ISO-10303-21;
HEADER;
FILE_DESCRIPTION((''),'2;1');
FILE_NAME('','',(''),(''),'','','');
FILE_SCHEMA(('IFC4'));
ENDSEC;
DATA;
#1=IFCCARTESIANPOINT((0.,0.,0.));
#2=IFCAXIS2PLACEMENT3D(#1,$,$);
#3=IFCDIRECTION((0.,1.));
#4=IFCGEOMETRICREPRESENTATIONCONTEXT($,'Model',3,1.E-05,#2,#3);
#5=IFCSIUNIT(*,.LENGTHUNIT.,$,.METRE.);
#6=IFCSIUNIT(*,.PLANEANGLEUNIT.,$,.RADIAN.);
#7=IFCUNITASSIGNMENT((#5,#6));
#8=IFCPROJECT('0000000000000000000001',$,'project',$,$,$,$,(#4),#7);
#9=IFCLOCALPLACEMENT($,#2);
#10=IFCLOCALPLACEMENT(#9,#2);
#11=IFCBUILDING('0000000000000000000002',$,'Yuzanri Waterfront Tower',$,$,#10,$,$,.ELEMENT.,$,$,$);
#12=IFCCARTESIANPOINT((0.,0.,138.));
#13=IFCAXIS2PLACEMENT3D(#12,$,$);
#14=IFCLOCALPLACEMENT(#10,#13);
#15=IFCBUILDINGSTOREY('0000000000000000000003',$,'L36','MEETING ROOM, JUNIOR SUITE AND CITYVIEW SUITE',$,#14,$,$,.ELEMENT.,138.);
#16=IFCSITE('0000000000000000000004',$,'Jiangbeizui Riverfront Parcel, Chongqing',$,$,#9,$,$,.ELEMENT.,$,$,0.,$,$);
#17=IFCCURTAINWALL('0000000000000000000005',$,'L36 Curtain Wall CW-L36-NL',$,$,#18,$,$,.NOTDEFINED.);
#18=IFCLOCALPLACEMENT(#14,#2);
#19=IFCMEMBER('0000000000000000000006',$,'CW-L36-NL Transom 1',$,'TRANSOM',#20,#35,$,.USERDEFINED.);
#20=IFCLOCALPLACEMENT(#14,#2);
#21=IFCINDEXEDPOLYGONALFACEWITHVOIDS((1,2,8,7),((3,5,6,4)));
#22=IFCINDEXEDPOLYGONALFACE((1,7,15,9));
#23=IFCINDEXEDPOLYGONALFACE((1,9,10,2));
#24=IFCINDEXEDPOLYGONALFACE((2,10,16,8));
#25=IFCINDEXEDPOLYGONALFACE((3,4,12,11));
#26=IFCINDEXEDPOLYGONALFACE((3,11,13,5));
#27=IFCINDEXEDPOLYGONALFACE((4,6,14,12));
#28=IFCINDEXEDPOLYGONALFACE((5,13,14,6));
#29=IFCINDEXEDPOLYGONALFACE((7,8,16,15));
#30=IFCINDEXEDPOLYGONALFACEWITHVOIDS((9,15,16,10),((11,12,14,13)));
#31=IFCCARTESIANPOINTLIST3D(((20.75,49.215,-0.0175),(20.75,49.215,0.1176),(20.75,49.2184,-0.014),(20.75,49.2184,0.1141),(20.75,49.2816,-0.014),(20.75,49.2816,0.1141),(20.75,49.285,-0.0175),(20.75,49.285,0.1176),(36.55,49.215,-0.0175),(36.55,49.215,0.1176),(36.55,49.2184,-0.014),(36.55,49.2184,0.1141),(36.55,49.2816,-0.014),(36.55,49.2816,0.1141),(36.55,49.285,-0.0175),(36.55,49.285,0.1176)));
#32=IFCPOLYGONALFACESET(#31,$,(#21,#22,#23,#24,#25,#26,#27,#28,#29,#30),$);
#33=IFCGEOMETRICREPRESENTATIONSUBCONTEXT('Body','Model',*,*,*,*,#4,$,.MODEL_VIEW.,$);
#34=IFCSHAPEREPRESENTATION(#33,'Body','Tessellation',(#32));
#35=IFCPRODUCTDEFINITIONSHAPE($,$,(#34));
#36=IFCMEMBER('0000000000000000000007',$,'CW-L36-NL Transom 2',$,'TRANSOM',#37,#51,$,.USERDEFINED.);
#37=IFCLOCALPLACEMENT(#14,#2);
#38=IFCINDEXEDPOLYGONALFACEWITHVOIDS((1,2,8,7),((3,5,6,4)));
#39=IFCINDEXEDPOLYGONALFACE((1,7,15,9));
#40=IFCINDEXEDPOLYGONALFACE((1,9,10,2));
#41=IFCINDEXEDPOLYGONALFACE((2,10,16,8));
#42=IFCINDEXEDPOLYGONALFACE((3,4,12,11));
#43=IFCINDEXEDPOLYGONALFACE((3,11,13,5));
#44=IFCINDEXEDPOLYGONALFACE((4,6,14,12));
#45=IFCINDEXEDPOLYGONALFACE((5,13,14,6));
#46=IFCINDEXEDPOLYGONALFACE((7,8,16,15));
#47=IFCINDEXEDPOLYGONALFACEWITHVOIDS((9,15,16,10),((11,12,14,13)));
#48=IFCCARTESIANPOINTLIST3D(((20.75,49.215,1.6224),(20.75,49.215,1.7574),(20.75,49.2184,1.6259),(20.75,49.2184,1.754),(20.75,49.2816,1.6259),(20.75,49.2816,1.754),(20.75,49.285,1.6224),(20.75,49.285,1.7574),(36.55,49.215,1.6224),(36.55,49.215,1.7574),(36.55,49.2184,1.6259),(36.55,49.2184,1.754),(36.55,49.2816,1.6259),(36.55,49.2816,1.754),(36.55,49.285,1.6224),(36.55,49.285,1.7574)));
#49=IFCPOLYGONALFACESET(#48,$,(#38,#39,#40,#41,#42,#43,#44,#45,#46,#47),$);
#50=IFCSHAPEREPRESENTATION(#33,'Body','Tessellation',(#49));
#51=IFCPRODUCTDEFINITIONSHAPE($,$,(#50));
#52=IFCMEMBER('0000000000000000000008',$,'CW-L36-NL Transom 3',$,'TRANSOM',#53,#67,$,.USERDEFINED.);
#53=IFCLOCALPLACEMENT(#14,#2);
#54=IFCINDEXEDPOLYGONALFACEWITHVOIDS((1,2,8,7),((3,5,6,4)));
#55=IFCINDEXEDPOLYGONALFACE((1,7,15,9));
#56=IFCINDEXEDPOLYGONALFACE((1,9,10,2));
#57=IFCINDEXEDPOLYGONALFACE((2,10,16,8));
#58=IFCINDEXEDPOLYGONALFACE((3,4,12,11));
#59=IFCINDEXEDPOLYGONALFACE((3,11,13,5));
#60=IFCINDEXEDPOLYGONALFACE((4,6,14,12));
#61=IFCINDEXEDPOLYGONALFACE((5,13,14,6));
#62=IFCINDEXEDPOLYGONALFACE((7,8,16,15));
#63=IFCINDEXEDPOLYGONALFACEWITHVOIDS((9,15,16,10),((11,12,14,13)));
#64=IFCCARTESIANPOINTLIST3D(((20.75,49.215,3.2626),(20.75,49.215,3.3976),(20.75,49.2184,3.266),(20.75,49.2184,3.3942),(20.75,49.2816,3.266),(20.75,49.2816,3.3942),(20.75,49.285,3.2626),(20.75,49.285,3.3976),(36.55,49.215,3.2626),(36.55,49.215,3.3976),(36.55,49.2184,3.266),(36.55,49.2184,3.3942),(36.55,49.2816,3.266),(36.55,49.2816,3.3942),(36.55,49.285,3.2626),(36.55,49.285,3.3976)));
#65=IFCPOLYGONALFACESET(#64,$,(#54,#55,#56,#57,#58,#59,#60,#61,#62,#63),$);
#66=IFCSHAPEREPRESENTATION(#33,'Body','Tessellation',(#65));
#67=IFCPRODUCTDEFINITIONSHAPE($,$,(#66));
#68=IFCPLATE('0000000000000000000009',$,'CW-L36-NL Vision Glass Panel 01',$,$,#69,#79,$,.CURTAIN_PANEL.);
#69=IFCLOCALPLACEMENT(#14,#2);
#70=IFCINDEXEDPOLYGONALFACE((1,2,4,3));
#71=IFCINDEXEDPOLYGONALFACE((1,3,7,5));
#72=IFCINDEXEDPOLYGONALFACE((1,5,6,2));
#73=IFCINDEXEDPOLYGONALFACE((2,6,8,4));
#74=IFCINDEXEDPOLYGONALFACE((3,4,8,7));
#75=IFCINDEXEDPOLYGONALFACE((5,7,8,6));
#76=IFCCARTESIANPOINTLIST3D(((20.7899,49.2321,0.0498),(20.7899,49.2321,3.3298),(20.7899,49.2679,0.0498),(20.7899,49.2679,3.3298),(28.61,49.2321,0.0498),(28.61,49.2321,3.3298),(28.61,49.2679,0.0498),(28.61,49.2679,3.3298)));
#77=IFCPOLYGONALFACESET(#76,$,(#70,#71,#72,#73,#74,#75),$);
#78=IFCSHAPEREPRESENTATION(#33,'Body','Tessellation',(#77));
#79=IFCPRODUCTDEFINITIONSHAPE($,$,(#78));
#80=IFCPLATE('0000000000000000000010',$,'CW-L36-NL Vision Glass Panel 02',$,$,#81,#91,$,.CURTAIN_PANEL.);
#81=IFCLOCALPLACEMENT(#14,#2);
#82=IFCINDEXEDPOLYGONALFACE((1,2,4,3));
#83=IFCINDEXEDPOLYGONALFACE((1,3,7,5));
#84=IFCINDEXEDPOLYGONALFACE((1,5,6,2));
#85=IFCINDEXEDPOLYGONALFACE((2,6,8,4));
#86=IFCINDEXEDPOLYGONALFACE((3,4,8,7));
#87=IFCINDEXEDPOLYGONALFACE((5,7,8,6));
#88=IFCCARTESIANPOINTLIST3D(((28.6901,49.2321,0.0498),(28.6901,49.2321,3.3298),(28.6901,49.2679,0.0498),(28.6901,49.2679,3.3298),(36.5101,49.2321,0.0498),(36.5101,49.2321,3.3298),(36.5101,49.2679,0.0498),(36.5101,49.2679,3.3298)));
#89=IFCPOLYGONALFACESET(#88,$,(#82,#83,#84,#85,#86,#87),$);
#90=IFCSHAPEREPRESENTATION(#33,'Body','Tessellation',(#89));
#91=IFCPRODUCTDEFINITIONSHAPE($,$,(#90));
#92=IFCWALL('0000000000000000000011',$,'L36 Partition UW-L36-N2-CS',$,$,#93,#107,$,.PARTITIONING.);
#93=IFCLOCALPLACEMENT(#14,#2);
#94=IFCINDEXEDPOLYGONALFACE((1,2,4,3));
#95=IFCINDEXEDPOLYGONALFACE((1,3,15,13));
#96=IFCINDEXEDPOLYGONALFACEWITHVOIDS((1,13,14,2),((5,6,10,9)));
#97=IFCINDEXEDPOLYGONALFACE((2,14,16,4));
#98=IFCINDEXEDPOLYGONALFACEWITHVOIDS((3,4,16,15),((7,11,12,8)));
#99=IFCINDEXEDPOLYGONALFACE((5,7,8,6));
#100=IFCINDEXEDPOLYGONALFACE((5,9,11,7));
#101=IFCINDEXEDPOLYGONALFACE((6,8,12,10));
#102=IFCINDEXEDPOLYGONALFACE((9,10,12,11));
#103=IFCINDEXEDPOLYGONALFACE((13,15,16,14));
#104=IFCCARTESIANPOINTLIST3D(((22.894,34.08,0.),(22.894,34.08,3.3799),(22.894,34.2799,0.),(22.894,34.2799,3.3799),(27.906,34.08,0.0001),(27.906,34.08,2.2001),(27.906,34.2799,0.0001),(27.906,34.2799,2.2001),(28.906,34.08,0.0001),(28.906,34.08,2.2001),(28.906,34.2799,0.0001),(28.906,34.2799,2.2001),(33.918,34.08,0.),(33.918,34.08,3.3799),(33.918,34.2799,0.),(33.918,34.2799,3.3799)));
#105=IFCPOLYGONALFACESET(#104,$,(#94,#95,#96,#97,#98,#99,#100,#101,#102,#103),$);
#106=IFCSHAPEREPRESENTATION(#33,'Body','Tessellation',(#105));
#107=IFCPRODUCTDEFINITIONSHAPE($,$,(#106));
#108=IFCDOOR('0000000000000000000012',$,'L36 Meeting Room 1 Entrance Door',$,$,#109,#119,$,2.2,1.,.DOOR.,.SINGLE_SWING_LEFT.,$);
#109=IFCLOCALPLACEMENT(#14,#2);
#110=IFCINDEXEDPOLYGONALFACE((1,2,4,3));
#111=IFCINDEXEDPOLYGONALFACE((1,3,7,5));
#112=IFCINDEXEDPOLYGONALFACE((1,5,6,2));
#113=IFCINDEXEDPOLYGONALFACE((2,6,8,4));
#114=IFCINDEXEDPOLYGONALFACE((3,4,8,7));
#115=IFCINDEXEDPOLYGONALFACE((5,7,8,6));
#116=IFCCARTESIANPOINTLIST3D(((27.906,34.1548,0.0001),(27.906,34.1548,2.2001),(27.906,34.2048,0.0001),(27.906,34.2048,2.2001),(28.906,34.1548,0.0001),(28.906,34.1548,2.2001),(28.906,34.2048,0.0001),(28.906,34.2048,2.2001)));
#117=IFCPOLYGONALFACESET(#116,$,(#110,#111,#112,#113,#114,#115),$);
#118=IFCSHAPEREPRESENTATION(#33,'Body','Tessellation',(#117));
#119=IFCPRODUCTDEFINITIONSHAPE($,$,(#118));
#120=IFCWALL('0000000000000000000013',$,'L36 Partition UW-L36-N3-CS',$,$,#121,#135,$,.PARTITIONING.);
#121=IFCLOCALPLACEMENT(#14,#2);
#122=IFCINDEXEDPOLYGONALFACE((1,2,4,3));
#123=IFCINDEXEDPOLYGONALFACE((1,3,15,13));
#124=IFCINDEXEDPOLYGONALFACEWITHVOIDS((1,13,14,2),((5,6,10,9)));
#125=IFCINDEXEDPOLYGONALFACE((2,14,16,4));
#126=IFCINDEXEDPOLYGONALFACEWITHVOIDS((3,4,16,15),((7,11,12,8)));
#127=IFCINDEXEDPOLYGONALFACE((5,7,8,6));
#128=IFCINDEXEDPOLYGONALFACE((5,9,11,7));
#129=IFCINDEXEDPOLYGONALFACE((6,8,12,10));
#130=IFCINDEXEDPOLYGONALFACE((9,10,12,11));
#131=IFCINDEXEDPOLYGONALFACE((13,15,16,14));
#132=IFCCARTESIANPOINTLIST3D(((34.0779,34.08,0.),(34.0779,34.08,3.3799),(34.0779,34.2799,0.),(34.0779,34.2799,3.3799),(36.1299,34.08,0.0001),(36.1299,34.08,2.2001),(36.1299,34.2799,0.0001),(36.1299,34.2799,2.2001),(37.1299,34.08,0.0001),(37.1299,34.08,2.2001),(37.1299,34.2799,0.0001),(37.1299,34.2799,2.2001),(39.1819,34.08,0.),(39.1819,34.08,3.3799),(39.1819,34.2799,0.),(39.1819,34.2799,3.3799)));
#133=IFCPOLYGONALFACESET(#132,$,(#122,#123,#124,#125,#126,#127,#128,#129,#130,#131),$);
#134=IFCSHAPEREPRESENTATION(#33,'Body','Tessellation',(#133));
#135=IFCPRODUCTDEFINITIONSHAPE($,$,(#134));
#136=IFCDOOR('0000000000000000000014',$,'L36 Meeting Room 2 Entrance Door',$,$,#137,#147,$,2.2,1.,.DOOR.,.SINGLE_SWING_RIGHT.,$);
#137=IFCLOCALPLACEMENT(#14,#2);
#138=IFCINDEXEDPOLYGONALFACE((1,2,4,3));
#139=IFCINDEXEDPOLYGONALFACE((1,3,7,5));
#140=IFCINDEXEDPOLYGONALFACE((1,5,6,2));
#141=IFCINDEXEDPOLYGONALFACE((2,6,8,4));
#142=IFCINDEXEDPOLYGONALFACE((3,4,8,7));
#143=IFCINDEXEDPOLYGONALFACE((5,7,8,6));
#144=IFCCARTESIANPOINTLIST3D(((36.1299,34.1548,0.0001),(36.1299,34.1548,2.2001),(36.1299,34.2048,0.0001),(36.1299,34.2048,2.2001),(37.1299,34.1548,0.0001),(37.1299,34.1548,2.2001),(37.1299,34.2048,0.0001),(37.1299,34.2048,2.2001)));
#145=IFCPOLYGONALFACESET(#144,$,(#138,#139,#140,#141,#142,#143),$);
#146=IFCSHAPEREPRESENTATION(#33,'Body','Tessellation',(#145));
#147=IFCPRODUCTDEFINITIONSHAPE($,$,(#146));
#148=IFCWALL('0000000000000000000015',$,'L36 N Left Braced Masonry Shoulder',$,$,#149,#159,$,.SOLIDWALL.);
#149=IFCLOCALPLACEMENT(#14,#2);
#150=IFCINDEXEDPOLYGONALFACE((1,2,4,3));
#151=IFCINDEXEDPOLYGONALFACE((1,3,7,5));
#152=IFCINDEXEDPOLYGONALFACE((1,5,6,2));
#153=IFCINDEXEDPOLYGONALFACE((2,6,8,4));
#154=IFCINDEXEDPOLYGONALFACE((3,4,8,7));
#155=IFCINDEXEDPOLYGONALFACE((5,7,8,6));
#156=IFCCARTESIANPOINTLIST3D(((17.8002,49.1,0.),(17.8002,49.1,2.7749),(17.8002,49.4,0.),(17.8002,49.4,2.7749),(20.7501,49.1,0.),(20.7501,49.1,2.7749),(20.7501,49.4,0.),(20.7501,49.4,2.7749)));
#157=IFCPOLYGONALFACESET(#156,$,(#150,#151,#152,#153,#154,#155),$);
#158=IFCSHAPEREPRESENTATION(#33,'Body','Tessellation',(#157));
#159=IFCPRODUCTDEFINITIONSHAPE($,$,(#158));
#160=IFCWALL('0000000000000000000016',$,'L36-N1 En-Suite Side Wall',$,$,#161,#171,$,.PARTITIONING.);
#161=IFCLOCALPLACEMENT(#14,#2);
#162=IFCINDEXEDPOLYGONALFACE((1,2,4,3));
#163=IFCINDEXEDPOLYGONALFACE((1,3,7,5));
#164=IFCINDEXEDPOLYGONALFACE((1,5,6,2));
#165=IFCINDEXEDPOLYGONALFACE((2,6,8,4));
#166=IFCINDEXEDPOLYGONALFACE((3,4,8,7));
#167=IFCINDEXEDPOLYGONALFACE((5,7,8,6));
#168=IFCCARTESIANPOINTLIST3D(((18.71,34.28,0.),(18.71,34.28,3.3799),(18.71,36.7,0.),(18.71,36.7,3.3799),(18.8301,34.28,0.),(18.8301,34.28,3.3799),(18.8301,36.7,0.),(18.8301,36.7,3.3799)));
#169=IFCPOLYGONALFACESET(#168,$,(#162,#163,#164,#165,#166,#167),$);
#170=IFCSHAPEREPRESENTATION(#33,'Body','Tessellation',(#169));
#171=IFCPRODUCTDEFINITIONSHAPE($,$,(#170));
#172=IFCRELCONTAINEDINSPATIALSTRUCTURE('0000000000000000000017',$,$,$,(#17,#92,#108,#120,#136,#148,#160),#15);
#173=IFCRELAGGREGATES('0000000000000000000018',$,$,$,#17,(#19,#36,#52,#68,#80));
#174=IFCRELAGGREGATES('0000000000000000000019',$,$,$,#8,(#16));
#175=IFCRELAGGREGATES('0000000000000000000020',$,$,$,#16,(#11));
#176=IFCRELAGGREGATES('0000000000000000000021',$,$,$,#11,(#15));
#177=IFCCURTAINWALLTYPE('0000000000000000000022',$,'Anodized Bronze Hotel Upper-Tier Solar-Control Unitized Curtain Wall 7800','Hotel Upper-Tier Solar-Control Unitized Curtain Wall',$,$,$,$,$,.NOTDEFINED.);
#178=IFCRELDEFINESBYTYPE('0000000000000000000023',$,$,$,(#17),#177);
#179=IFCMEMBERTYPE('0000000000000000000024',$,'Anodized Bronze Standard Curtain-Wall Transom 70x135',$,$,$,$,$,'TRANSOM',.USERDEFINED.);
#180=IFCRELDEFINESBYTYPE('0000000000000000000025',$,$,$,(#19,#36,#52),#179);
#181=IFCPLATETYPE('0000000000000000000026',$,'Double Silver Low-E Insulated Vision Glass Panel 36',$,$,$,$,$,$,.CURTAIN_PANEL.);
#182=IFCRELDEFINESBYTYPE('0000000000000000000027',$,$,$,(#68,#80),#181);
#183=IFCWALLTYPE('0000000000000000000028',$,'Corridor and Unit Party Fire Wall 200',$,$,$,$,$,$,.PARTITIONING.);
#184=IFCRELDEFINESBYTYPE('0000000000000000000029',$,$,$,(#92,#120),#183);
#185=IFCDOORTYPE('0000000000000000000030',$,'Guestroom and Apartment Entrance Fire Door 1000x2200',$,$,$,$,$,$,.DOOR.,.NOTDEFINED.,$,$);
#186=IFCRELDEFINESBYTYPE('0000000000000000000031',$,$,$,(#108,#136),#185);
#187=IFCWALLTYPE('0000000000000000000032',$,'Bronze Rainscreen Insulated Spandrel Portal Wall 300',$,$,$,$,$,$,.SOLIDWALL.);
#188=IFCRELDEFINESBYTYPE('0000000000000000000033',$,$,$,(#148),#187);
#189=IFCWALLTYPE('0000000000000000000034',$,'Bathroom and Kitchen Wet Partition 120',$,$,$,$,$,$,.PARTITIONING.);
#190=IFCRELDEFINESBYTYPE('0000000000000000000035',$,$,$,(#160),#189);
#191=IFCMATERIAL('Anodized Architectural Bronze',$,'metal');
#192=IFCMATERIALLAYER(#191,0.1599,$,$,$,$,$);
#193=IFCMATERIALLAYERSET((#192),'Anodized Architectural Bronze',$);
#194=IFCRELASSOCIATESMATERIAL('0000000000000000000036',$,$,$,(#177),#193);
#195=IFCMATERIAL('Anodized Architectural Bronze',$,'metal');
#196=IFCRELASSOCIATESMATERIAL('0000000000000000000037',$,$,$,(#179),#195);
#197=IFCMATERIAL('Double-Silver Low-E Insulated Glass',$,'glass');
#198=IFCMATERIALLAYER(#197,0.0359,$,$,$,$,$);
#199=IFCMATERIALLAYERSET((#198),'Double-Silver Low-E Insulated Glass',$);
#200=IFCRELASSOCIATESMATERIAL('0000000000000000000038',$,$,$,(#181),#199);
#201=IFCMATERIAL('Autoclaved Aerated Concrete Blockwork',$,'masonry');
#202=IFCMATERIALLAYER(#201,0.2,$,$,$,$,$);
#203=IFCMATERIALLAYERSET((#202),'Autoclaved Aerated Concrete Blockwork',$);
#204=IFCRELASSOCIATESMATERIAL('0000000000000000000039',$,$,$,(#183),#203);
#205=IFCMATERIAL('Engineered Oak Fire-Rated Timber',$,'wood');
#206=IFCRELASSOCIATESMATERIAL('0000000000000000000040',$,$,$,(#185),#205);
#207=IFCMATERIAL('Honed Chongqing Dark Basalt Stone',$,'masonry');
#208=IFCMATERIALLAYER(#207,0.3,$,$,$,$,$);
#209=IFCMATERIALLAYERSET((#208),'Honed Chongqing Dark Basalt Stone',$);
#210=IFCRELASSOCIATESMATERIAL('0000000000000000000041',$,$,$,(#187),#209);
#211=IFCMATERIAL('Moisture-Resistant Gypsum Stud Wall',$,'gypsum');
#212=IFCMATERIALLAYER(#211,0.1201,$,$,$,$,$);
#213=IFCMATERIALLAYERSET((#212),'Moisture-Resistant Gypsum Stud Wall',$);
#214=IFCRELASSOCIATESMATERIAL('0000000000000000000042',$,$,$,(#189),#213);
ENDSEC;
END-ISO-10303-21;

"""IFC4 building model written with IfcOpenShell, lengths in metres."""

from ifc_helpers import new_model, si_unit, direction, frame, frame_2d, origin, origin_2d, place, context, subcontext, project, spatial, rectangle, hollow_rectangle, extrude, source, transform, mapped, material, layer, layer_set, material_profile, profile_set, type_object, element, fill, aggregate, save


model = new_model("IFC4")

# Units and contexts
model_context = context("Model", 3, precision=1e-05, world=origin(), true_north=direction((0.0, 1.0)))
body_context = subcontext(model_context, "Body", "Model", "MODEL_VIEW")
ifc_project = project(units=[si_unit("LENGTHUNIT", "METRE"), si_unit("PLANEANGLEUNIT", "RADIAN")], contexts=[model_context])

# Site, building, storey
site_placement = place(None, origin())
site = spatial("IfcSite", under=ifc_project, at=site_placement, Name="Jiangbeizui Riverfront Parcel, Chongqing", CompositionType="ELEMENT", RefElevation=0.0)
building_placement = place(site_placement, origin())
building = spatial("IfcBuilding", under=site, at=building_placement, Name="Yuzanri Waterfront Tower", CompositionType="ELEMENT")
storey_placement = place(building_placement, frame((0.0, 0.0, 138.0)))
storey = spatial("IfcBuildingStorey", under=building, at=storey_placement, Name="L36", Description="MEETING ROOM, JUNIOR SUITE AND CITYVIEW SUITE", CompositionType="ELEMENT", Elevation=138.0)

# Curtain wall, members, plates
ifc_material_1 = material(Name="Anodized Architectural Bronze", Category="metal")
ifc_layer_1 = layer(ifc_material_1, 0.1599)
ifc_layer_set_1 = layer_set([ifc_layer_1], Name="Anodized Architectural Bronze")
curtain_wall_type = type_object("IfcCurtainWallType", Name="Anodized Bronze Hotel Upper-Tier Solar-Control Unitized Curtain Wall 7800", Description="Hotel Upper-Tier Solar-Control Unitized Curtain Wall", PredefinedType="NOTDEFINED", material=ifc_layer_set_1)
curtain_wall_placement = place(storey_placement, origin())
curtain_wall = element("IfcCurtainWall", 1, at=curtain_wall_placement, inside=storey, type_object=curtain_wall_type, Name="L36 Curtain Wall CW-L36-NL", PredefinedType="NOTDEFINED")
ifc_material_2 = material(Name="Anodized Architectural Bronze", Category="metal")
ifc_material_profile_1 = material_profile(ifc_material_2, hollow_rectangle(XDim=0.0701, YDim=0.135, WallThickness=0.0034, at=origin_2d()), Name="CWT 70x135")
ifc_profile_set_1 = profile_set([ifc_material_profile_1], Name="Anodized Architectural Bronze")
member_type_1 = type_object("IfcMemberType", Name="Anodized Bronze Standard Curtain-Wall Transom 70x135", ElementType="TRANSOM", PredefinedType="USERDEFINED", material=ifc_profile_set_1)
shared_shape_1 = source(origin(), body_context, "Body", "SweptSolid", [
    extrude(hollow_rectangle(XDim=0.0701, YDim=0.135, WallThickness=0.0034, at=origin_2d()), origin(), (0.0, 0.0, 1.0), 15.8),
])
member_1_placement = place(storey_placement, frame((20.75, 49.25, 0.05), z_axis=(1.0, 0.0, 0.0), x_axis=(0.0, 1.0, 0.0)))
member_1 = element("IfcMember", 2, at=member_1_placement, type_object=member_type_1, Name="CW-L36-NL Transom 1", ObjectType="TRANSOM", PredefinedType="USERDEFINED", context=body_context, shape_type="MappedRepresentation", body=[
    mapped(shared_shape_1, transform((0.0, 0.0, 0.0), scale=1.0)),
])
member_2_placement = place(storey_placement, frame((20.75, 49.25, 1.6899), z_axis=(1.0, 0.0, 0.0), x_axis=(0.0, 1.0, 0.0)))
member_2 = element("IfcMember", 3, at=member_2_placement, type_object=member_type_1, Name="CW-L36-NL Transom 2", ObjectType="TRANSOM", PredefinedType="USERDEFINED", context=body_context, shape_type="MappedRepresentation", body=[
    mapped(shared_shape_1, transform((0.0, 0.0, 0.0), scale=1.0)),
])
member_3_placement = place(storey_placement, frame((20.75, 49.25, 3.3301), z_axis=(1.0, 0.0, 0.0), x_axis=(0.0, 1.0, 0.0)))
member_3 = element("IfcMember", 4, at=member_3_placement, type_object=member_type_1, Name="CW-L36-NL Transom 3", ObjectType="TRANSOM", PredefinedType="USERDEFINED", context=body_context, shape_type="MappedRepresentation", body=[
    mapped(shared_shape_1, transform((0.0, 0.0, 0.0), scale=1.0)),
])
ifc_material_3 = material(Name="Double-Silver Low-E Insulated Glass", Category="glass")
ifc_layer_2 = layer(ifc_material_3, 0.0359)
ifc_layer_set_2 = layer_set([ifc_layer_2], Name="Double-Silver Low-E Insulated Glass")
plate_type = type_object("IfcPlateType", Name="Double Silver Low-E Insulated Vision Glass Panel 36", PredefinedType="CURTAIN_PANEL", material=ifc_layer_set_2)
shared_shape_2 = source(origin(), body_context, "Body", "SweptSolid", [
    extrude(rectangle(XDim=7.8201, YDim=0.0359, at=origin_2d()), origin(), (0.0, 0.0, 1.0), 3.28),
])
plate_1_placement = place(storey_placement, frame((24.7, 49.25, 0.0498), z_axis=(0.0, 0.0, 1.0), x_axis=(1.0, 0.0, 0.0)))
plate_1 = element("IfcPlate", 5, at=plate_1_placement, type_object=plate_type, Name="CW-L36-NL Vision Glass Panel 01", PredefinedType="CURTAIN_PANEL", context=body_context, shape_type="MappedRepresentation", body=[
    mapped(shared_shape_2, transform((0.0, 0.0, 0.0), scale=1.0)),
])
plate_2_placement = place(storey_placement, frame((32.6001, 49.25, 0.0498), z_axis=(0.0, 0.0, 1.0), x_axis=(1.0, 0.0, 0.0)))
plate_2 = element("IfcPlate", 6, at=plate_2_placement, type_object=plate_type, Name="CW-L36-NL Vision Glass Panel 02", PredefinedType="CURTAIN_PANEL", context=body_context, shape_type="MappedRepresentation", body=[
    mapped(shared_shape_2, transform((0.0, 0.0, 0.0), scale=1.0)),
])
aggregate(curtain_wall, [member_1, member_2, member_3, plate_1, plate_2])

# Walls, openings, doors
ifc_material_4 = material(Name="Autoclaved Aerated Concrete Blockwork", Category="masonry")
ifc_layer_3 = layer(ifc_material_4, 0.2)
ifc_layer_set_3 = layer_set([ifc_layer_3], Name="Autoclaved Aerated Concrete Blockwork")
wall_type_1 = type_object("IfcWallType", Name="Corridor and Unit Party Fire Wall 200", PredefinedType="PARTITIONING", material=ifc_layer_set_3)
wall_1_placement = place(storey_placement, frame((22.894, 34.1799, 0.0), z_axis=(0.0, 0.0, 1.0), x_axis=(1.0, 0.0, 0.0)))
wall_1 = element("IfcWall", 7, at=wall_1_placement, inside=storey, type_object=wall_type_1, Name="L36 Partition UW-L36-N2-CS", PredefinedType="PARTITIONING", context=body_context, shape_type="SweptSolid", body=[
    extrude(rectangle(XDim=11.0239, YDim=0.2, at=frame_2d((5.512, 0.0))), origin(), (0.0, 0.0, 1.0), 3.3799),
])
opening_1_placement = place(wall_1_placement, frame((5.012, 0.0, 0.0)))
opening_1 = element("IfcOpeningElement", 8, at=opening_1_placement, cuts=wall_1, PredefinedType="OPENING", context=body_context, shape_type="SweptSolid", body=[
    extrude(rectangle(XDim=1.0, YDim=2.2, at=frame_2d((0.5, 1.1001))), frame((0.0, 0.1147, 0.0), z_axis=(0.0, -1.0, 0.0), x_axis=(1.0, 0.0, 0.0)), (0.0, 0.0, 1.0), 0.2297),
])
ifc_material_5 = material(Name="Engineered Oak Fire-Rated Timber", Category="wood")
door_type = type_object("IfcDoorType", Name="Guestroom and Apartment Entrance Fire Door 1000x2200", OperationType="NOTDEFINED", PredefinedType="DOOR", material=ifc_material_5)
shared_shape_3 = source(origin(), body_context, "Body", "SweptSolid", [
    extrude(rectangle(XDim=1.0, YDim=2.2, at=frame_2d((0.5, 1.1001))), frame((0.0, 0.0249, 0.0), z_axis=(0.0, -1.0, 0.0), x_axis=(1.0, 0.0, 0.0)), (0.0, 0.0, 1.0), 0.05),
])
door_1_placement = place(opening_1_placement, origin())
door_1 = element("IfcDoor", 9, at=door_1_placement, inside=storey, type_object=door_type, Name="L36 Meeting Room 1 Entrance Door", OperationType="SINGLE_SWING_LEFT", OverallHeight=2.2, OverallWidth=1.0, PredefinedType="DOOR", context=body_context, shape_type="MappedRepresentation", body=[
    mapped(shared_shape_3, transform((0.0, 0.0, 0.0), scale=1.0)),
])
fill(opening_1, door_1)
wall_2_placement = place(storey_placement, frame((34.0779, 34.1799, 0.0), z_axis=(0.0, 0.0, 1.0), x_axis=(1.0, 0.0, 0.0)))
wall_2 = element("IfcWall", 10, at=wall_2_placement, inside=storey, type_object=wall_type_1, Name="L36 Partition UW-L36-N3-CS", PredefinedType="PARTITIONING", context=body_context, shape_type="SweptSolid", body=[
    extrude(rectangle(XDim=5.104, YDim=0.2, at=frame_2d((2.552, 0.0))), origin(), (0.0, 0.0, 1.0), 3.3799),
])
opening_2_placement = place(wall_2_placement, frame((2.052, 0.0, 0.0)))
opening_2 = element("IfcOpeningElement", 11, at=opening_2_placement, cuts=wall_2, PredefinedType="OPENING", context=body_context, shape_type="SweptSolid", body=[
    extrude(rectangle(XDim=1.0, YDim=2.2, at=frame_2d((0.5, 1.1001))), frame((0.0, 0.1147, 0.0), z_axis=(0.0, -1.0, 0.0), x_axis=(1.0, 0.0, 0.0)), (0.0, 0.0, 1.0), 0.2297),
])
door_2_placement = place(opening_2_placement, origin())
door_2 = element("IfcDoor", 12, at=door_2_placement, inside=storey, type_object=door_type, Name="L36 Meeting Room 2 Entrance Door", OperationType="SINGLE_SWING_RIGHT", OverallHeight=2.2, OverallWidth=1.0, PredefinedType="DOOR", context=body_context, shape_type="MappedRepresentation", body=[
    mapped(shared_shape_3, transform((0.0, 0.0, 0.0), scale=1.0)),
])
fill(opening_2, door_2)

# Walls
ifc_material_6 = material(Name="Honed Chongqing Dark Basalt Stone", Category="masonry")
ifc_layer_4 = layer(ifc_material_6, 0.3)
ifc_layer_set_4 = layer_set([ifc_layer_4], Name="Honed Chongqing Dark Basalt Stone")
wall_type_2 = type_object("IfcWallType", Name="Bronze Rainscreen Insulated Spandrel Portal Wall 300", PredefinedType="SOLIDWALL", material=ifc_layer_set_4)
shared_shape_4 = source(origin(), body_context, "Body", "SweptSolid", [
    extrude(rectangle(XDim=2.95, YDim=0.3, at=frame_2d((1.4751, 0.0))), origin(), (0.0, 0.0, 1.0), 2.7749),
])
wall_3_placement = place(storey_placement, frame((17.8, 49.25, 0.0), z_axis=(0.0, 0.0, 1.0), x_axis=(1.0, 0.0, 0.0)))
element("IfcWall", 13, at=wall_3_placement, inside=storey, type_object=wall_type_2, Name="L36 N Left Braced Masonry Shoulder", PredefinedType="SOLIDWALL", context=body_context, shape_type="MappedRepresentation", body=[
    mapped(shared_shape_4, transform((0.0, 0.0, 0.0), scale=1.0)),
])
ifc_material_7 = material(Name="Moisture-Resistant Gypsum Stud Wall", Category="gypsum")
ifc_layer_5 = layer(ifc_material_7, 0.1201)
ifc_layer_set_5 = layer_set([ifc_layer_5], Name="Moisture-Resistant Gypsum Stud Wall")
wall_type_3 = type_object("IfcWallType", Name="Bathroom and Kitchen Wet Partition 120", PredefinedType="PARTITIONING", material=ifc_layer_set_5)
shared_shape_5 = source(origin(), body_context, "Body", "SweptSolid", [
    extrude(rectangle(XDim=2.4199, YDim=0.1201, at=frame_2d((1.21, 0.0))), origin(), (0.0, 0.0, 1.0), 3.3799),
])
wall_4_placement = place(storey_placement, frame((18.77, 34.28, 0.0), z_axis=(0.0, 0.0, 1.0), x_axis=(0.0, 1.0, 0.0)))
element("IfcWall", 14, at=wall_4_placement, inside=storey, type_object=wall_type_3, Name="L36-N1 En-Suite Side Wall", PredefinedType="PARTITIONING", context=body_context, shape_type="MappedRepresentation", body=[
    mapped(shared_shape_5, transform((0.0, 0.0, 0.0), scale=1.0)),
])

save(model, "model.ifc")
